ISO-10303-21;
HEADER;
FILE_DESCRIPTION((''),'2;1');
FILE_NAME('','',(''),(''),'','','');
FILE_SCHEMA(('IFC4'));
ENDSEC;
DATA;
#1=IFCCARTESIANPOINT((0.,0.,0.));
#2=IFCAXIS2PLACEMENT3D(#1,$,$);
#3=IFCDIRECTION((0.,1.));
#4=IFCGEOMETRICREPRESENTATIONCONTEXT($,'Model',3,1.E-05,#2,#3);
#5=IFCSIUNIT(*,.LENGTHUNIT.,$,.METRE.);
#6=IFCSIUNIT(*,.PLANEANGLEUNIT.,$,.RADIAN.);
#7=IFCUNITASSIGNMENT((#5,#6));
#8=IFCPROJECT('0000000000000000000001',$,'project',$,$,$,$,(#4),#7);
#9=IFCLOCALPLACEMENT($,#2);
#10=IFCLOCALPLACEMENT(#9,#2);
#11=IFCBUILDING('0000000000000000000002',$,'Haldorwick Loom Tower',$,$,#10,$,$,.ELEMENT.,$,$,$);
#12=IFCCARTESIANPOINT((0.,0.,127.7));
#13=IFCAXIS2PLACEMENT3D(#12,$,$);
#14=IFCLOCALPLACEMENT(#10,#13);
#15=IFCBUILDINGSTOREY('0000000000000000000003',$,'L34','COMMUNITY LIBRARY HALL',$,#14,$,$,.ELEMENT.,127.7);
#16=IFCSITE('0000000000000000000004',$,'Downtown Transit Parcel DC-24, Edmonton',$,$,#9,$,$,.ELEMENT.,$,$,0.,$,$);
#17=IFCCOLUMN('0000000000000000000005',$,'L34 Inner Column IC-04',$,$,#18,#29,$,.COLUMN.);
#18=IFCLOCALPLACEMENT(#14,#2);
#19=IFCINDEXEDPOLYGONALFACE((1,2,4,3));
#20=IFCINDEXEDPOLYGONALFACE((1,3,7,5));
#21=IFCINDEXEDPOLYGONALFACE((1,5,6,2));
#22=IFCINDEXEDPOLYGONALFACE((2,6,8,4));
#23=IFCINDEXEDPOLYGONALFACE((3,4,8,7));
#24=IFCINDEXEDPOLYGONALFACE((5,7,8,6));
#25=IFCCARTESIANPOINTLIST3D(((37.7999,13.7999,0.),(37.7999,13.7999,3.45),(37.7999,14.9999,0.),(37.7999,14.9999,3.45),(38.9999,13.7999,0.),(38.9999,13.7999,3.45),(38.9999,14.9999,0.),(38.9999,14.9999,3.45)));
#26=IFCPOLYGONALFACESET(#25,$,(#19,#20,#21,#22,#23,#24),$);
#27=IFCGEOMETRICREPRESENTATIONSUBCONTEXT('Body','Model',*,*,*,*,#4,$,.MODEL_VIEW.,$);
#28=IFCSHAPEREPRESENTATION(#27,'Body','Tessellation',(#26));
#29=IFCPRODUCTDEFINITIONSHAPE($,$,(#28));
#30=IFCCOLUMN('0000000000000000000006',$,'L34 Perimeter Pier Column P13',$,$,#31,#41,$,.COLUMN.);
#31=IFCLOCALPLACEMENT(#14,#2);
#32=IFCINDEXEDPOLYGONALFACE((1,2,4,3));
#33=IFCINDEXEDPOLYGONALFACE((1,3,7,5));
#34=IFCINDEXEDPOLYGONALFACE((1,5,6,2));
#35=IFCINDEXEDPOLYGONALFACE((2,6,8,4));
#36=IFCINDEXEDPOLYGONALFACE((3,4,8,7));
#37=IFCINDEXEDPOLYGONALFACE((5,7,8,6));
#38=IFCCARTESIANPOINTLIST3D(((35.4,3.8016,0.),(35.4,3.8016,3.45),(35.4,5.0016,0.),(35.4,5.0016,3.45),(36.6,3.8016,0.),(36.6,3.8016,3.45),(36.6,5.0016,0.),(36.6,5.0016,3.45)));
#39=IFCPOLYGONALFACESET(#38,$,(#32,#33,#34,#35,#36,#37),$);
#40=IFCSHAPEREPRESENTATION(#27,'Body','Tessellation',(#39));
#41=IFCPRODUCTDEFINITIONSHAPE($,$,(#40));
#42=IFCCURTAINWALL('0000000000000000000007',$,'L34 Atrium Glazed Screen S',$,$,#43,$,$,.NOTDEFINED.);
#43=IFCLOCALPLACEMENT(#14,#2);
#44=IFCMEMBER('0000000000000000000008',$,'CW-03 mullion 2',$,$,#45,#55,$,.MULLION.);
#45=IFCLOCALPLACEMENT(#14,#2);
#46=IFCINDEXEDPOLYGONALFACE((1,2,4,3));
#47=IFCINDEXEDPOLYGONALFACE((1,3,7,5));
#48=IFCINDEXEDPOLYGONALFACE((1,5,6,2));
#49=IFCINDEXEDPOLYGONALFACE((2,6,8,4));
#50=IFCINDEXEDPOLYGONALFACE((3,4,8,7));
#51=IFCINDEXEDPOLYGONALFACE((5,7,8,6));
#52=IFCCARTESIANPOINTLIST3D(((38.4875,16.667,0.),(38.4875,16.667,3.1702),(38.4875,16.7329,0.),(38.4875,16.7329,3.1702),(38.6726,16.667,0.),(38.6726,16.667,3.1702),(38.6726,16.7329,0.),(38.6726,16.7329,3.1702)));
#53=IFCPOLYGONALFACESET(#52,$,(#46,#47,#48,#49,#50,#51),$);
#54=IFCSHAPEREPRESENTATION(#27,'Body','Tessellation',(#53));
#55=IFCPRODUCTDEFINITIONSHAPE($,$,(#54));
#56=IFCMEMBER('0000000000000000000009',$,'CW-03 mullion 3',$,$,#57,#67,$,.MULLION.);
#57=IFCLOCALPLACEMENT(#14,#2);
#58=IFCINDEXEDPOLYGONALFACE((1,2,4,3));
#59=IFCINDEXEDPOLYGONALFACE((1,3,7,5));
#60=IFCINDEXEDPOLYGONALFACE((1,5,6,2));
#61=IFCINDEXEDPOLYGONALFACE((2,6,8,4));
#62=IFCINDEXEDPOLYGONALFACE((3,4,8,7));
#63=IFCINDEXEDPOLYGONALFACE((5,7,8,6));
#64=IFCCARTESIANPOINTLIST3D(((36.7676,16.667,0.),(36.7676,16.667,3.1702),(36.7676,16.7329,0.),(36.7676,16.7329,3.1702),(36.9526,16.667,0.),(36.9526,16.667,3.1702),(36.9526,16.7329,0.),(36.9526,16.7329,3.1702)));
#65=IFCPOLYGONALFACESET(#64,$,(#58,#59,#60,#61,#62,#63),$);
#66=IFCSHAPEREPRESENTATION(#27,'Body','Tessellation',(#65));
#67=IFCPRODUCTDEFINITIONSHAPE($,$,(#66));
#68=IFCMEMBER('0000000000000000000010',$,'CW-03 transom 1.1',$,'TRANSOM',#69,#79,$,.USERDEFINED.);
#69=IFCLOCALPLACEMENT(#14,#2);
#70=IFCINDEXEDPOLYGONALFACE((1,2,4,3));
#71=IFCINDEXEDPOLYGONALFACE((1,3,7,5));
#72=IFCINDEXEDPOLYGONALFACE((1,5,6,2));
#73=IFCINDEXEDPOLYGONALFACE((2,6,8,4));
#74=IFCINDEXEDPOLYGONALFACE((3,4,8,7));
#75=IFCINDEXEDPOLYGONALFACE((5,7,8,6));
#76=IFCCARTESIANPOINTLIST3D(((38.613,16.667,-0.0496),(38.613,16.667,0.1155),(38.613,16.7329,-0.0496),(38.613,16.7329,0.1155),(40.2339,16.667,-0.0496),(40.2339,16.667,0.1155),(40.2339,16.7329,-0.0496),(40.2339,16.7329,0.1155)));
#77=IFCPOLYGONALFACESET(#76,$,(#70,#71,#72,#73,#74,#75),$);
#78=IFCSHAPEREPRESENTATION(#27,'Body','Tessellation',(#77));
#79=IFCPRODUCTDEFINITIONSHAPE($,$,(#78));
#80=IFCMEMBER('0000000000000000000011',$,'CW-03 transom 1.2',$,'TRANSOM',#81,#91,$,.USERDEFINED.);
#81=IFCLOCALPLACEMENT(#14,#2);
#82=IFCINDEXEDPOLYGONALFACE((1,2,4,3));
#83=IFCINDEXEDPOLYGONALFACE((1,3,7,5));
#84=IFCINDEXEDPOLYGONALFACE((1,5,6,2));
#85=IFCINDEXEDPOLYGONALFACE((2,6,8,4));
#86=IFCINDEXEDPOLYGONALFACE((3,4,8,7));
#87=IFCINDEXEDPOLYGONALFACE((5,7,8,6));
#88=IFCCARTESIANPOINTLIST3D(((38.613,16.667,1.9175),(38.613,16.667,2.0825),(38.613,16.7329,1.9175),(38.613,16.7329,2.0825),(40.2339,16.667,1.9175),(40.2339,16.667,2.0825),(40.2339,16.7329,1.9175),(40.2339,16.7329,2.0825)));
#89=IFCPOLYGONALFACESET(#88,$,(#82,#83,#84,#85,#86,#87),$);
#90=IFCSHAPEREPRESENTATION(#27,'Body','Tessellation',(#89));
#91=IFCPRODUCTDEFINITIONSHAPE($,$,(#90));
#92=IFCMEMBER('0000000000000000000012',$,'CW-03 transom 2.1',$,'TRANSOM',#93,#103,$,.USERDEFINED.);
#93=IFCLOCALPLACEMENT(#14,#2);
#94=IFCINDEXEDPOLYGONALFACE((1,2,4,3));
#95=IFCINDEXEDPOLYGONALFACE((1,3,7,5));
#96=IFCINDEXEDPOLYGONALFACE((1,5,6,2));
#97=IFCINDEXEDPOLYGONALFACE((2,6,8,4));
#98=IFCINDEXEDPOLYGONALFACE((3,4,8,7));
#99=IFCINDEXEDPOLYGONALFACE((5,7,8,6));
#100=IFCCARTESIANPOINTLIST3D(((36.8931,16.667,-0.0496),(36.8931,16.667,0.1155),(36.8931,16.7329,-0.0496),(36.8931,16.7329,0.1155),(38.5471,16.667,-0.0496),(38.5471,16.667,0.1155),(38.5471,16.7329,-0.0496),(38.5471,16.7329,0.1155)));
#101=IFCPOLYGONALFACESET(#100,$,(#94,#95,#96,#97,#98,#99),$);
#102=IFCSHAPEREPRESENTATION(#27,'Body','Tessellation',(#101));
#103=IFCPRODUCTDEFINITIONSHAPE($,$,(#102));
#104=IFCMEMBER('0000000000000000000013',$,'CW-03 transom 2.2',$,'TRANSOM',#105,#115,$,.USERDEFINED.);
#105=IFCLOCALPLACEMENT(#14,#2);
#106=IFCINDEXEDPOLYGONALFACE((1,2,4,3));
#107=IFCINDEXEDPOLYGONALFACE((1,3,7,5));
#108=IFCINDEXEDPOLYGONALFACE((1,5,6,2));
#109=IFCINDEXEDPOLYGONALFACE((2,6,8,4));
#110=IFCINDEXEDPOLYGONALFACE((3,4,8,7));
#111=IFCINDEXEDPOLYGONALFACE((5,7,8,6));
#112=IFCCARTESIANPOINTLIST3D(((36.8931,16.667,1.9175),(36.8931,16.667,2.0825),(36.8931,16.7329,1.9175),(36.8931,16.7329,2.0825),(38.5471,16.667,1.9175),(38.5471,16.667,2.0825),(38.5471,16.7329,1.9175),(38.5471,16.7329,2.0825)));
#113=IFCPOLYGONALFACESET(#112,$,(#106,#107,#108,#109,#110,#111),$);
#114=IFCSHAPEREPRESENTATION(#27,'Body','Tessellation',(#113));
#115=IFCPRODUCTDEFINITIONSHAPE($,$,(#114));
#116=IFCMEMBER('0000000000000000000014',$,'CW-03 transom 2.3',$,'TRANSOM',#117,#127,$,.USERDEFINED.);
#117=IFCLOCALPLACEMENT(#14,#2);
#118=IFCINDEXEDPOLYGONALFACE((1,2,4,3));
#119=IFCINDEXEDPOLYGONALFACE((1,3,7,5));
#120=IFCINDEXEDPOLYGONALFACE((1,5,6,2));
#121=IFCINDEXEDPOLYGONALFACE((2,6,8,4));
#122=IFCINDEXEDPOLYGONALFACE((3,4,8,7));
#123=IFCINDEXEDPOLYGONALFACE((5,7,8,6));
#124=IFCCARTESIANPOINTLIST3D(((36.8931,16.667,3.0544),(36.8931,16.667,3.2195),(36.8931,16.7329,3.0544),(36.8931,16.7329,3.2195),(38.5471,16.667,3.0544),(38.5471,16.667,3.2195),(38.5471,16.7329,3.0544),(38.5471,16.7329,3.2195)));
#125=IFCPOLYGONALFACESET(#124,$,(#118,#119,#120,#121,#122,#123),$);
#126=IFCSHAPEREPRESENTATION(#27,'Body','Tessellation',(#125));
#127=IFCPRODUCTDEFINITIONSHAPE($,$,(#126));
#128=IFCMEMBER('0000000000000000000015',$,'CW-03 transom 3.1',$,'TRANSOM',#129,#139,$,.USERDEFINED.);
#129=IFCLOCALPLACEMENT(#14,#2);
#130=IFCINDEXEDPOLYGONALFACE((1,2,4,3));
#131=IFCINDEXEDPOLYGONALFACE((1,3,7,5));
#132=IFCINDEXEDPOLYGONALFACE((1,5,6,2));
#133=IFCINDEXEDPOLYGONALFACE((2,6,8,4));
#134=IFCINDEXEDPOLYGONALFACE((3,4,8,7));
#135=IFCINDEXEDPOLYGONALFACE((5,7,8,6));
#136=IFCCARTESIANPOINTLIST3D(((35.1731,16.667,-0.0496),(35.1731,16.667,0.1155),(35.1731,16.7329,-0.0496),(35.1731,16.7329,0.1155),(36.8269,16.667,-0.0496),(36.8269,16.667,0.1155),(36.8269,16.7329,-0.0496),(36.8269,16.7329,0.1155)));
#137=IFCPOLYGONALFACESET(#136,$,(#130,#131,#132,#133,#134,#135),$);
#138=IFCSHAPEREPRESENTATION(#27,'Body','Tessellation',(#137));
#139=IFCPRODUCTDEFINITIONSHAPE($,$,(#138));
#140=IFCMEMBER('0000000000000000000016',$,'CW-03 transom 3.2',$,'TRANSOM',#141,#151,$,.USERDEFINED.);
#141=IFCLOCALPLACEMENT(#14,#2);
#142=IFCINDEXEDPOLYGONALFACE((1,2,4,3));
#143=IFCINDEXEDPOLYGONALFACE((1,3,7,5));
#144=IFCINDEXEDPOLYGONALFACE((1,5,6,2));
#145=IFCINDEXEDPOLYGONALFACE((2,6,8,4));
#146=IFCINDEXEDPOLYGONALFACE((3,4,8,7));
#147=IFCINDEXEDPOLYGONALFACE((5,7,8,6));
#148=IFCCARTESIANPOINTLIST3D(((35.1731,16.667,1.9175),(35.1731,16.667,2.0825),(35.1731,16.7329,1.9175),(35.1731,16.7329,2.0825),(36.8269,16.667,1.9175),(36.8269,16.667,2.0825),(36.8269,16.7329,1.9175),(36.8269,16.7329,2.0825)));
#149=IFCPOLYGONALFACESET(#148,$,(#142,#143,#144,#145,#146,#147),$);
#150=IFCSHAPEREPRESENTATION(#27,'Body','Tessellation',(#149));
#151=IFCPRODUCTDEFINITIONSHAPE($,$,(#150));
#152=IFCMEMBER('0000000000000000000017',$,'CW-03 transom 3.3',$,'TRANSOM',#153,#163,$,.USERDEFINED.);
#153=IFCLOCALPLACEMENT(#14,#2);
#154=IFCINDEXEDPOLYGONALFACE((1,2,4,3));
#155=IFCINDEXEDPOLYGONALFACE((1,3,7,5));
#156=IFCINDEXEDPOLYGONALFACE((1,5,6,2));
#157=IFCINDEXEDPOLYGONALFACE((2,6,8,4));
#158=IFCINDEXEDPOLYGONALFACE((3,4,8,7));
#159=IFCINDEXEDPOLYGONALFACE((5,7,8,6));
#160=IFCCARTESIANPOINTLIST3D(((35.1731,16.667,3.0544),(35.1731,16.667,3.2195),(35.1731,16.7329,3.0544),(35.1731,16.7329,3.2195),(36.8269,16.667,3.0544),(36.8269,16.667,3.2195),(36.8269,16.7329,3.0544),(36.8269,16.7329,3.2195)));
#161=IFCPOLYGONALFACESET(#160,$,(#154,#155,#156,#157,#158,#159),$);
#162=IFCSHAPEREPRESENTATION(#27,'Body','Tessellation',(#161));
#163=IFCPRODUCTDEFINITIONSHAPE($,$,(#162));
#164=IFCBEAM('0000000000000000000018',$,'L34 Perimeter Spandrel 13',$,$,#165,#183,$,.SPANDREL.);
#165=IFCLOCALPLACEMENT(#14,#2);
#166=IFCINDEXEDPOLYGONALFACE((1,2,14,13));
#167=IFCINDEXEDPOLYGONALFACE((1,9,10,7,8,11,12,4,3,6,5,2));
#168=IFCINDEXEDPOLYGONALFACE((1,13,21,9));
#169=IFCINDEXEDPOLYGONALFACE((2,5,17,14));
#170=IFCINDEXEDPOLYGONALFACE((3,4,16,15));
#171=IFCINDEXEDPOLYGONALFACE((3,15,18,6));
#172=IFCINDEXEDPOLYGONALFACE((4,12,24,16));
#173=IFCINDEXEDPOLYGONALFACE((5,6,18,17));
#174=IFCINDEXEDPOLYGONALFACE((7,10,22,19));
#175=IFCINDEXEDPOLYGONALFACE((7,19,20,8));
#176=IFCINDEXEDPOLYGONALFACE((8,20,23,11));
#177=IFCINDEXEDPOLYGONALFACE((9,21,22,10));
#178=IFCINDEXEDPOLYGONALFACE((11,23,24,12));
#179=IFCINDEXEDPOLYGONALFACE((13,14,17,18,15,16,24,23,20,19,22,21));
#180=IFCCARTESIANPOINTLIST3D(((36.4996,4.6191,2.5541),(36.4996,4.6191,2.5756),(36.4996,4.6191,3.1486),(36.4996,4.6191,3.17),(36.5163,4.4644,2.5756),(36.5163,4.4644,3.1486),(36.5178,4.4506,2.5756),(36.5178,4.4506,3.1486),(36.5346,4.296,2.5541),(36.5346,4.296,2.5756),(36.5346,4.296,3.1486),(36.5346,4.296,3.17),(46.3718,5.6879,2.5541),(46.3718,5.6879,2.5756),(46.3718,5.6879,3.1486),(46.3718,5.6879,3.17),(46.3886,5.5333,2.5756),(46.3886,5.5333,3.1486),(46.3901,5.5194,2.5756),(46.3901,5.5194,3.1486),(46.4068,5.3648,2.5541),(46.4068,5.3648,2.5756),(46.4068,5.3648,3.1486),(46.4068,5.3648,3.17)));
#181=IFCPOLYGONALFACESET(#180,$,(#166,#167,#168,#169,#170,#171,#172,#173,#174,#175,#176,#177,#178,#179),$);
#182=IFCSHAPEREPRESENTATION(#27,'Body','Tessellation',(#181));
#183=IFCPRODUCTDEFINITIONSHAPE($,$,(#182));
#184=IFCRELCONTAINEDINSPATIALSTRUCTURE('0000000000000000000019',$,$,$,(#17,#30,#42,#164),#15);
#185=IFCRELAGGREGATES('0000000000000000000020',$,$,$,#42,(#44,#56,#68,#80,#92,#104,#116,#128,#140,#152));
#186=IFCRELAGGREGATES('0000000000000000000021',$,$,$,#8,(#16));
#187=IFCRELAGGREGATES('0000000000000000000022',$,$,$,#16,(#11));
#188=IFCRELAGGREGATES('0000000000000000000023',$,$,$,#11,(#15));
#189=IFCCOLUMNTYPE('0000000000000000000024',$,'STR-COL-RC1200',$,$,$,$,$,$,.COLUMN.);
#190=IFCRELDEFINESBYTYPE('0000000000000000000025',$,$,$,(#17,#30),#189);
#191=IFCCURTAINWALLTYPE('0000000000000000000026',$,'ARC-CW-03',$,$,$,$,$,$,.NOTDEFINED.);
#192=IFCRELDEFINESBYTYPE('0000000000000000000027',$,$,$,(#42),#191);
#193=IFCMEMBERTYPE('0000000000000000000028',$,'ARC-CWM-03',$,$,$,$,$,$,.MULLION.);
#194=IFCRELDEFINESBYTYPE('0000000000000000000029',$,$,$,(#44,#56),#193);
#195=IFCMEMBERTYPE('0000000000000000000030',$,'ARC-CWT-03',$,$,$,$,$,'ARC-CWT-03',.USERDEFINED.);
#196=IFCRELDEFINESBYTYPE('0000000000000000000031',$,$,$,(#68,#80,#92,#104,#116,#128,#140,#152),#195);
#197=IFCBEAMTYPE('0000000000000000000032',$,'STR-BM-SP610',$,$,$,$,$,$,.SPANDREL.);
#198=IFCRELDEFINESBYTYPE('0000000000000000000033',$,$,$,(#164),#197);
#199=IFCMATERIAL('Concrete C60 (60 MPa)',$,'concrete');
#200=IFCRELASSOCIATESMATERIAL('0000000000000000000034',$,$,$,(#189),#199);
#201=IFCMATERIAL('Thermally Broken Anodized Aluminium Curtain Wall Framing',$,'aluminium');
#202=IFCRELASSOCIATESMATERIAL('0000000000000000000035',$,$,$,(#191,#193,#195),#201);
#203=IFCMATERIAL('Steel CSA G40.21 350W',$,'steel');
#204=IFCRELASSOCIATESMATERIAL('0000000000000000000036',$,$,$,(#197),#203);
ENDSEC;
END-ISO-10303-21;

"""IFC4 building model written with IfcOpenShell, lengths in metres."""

from ifc_helpers import new_model, si_unit, direction, frame, origin, origin_2d, place, context, subcontext, project, spatial, rectangle, i_section, extrude, material, material_profile, profile_set, type_object, element, aggregate, save


model = new_model("IFC4")

# Units and contexts
model_context = context("Model", 3, precision=1e-05, world=origin(), true_north=direction((0.0, 1.0)))
body_context = subcontext(model_context, "Body", "Model", "MODEL_VIEW")
ifc_project = project(units=[si_unit("LENGTHUNIT", "METRE"), si_unit("PLANEANGLEUNIT", "RADIAN")], contexts=[model_context])

# Site, building, storey
site_placement = place(None, origin())
site = spatial("IfcSite", under=ifc_project, at=site_placement, Name="Downtown Transit Parcel DC-24, Edmonton", CompositionType="ELEMENT", RefElevation=0.0)
building_placement = place(site_placement, origin())
building = spatial("IfcBuilding", under=site, at=building_placement, Name="Haldorwick Loom Tower", CompositionType="ELEMENT")
storey_placement = place(building_placement, frame((0.0, 0.0, 127.7)))
storey = spatial("IfcBuildingStorey", under=building, at=storey_placement, Name="L34", Description="COMMUNITY LIBRARY HALL", CompositionType="ELEMENT", Elevation=127.7)

# Columns
ifc_material_1 = material(Name="Concrete C60 (60 MPa)", Category="concrete")
ifc_material_profile_1 = material_profile(ifc_material_1, rectangle(XDim=1.2, YDim=1.2, at=origin_2d()), Name="RC1200X1200", Category="concrete")
ifc_profile_set_1 = profile_set([ifc_material_profile_1], Name="Concrete C60 (60 MPa)")
column_type = type_object("IfcColumnType", Name="STR-COL-RC1200", PredefinedType="COLUMN", material=ifc_profile_set_1)
for number, where, z_axis, x_axis, name in (
    (1, (38.3999, 14.3999, 0.0), (0.0, 0.0, 1.0), (1.0, 0.0, 0.0), "L34 Inner Column IC-04"),
    (2, (36.0, 4.4016, 0.0), (0.0, 0.0, 1.0), (0.0, -1.0, 0.0), "L34 Perimeter Pier Column P13"),
):
    element("IfcColumn", number, at=place(storey_placement, frame(where, z_axis=z_axis, x_axis=x_axis)), inside=storey, type_object=column_type, Name=name, PredefinedType="COLUMN", context=body_context, shape_type="SweptSolid", body=[
        extrude(rectangle(XDim=1.2, YDim=1.2, at=origin_2d()), origin(), (0.0, 0.0, 1.0), 3.45),
    ])

# Curtain wall, members
ifc_material_2 = material(Name="Thermally Broken Anodized Aluminium Curtain Wall Framing", Category="aluminium")
curtain_wall_type = type_object("IfcCurtainWallType", Name="ARC-CW-03", PredefinedType="NOTDEFINED", material=ifc_material_2)
curtain_wall_placement = place(storey_placement, origin())
curtain_wall = element("IfcCurtainWall", 3, at=curtain_wall_placement, inside=storey, type_object=curtain_wall_type, Name="L34 Atrium Glazed Screen S", PredefinedType="NOTDEFINED")
ifc_material_profile_2 = material_profile(ifc_material_2, rectangle(XDim=0.0659, YDim=0.1851, at=origin_2d()), Name="ALU_MUL_66X185", Category="aluminium")
ifc_profile_set_2 = profile_set([ifc_material_profile_2], Name="Thermally Broken Anodized Aluminium Curtain Wall Framing")
member_type_1 = type_object("IfcMemberType", Name="ARC-CWM-03", PredefinedType="MULLION", material=ifc_profile_set_2)
member_1_placement = place(storey_placement, frame((38.5801, 16.7, 0.0), z_axis=(0.0, 0.0, 1.0), x_axis=(0.0, -1.0, 0.0)))
member_1 = element("IfcMember", 4, at=member_1_placement, type_object=member_type_1, Name="CW-03 mullion 2", PredefinedType="MULLION", context=body_context, shape_type="SweptSolid", body=[
    extrude(rectangle(XDim=0.0659, YDim=0.1851, at=origin_2d()), origin(), (0.0, 0.0, 1.0), 3.1702),
])
member_2_placement = place(storey_placement, frame((36.8601, 16.7, 0.0), z_axis=(0.0, 0.0, 1.0), x_axis=(0.0, -1.0, 0.0)))
member_2 = element("IfcMember", 5, at=member_2_placement, type_object=member_type_1, Name="CW-03 mullion 3", PredefinedType="MULLION", context=body_context, shape_type="SweptSolid", body=[
    extrude(rectangle(XDim=0.0659, YDim=0.1851, at=origin_2d()), origin(), (0.0, 0.0, 1.0), 3.1702),
])
ifc_material_profile_3 = material_profile(ifc_material_2, rectangle(XDim=0.0659, YDim=0.165, at=origin_2d()), Name="ALU_TRN_66X165", Category="aluminium")
ifc_profile_set_3 = profile_set([ifc_material_profile_3], Name="Thermally Broken Anodized Aluminium Curtain Wall Framing")
member_type_2 = type_object("IfcMemberType", Name="ARC-CWT-03", ElementType="ARC-CWT-03", PredefinedType="USERDEFINED", material=ifc_profile_set_3)
member_3_placement = place(storey_placement, frame((40.2339, 16.7, 0.033), z_axis=(-1.0, 0.0, 0.0), x_axis=(0.0, -1.0, 0.0)))
member_3 = element("IfcMember", 6, at=member_3_placement, type_object=member_type_2, Name="CW-03 transom 1.1", ObjectType="TRANSOM", PredefinedType="USERDEFINED", context=body_context, shape_type="SweptSolid", body=[
    extrude(rectangle(XDim=0.0659, YDim=0.165, at=origin_2d()), origin(), (0.0, 0.0, 1.0), 1.6208),
])
member_4_placement = place(storey_placement, frame((40.2339, 16.7, 2.0), z_axis=(-1.0, 0.0, 0.0), x_axis=(0.0, -1.0, 0.0)))
member_4 = element("IfcMember", 7, at=member_4_placement, type_object=member_type_2, Name="CW-03 transom 1.2", ObjectType="TRANSOM", PredefinedType="USERDEFINED", context=body_context, shape_type="SweptSolid", body=[
    extrude(rectangle(XDim=0.0659, YDim=0.165, at=origin_2d()), origin(), (0.0, 0.0, 1.0), 1.6208),
])
member_5_placement = place(storey_placement, frame((38.5471, 16.7, 0.033), z_axis=(-1.0, 0.0, 0.0), x_axis=(0.0, -1.0, 0.0)))
member_5 = element("IfcMember", 8, at=member_5_placement, type_object=member_type_2, Name="CW-03 transom 2.1", ObjectType="TRANSOM", PredefinedType="USERDEFINED", context=body_context, shape_type="SweptSolid", body=[
    extrude(rectangle(XDim=0.0659, YDim=0.165, at=origin_2d()), origin(), (0.0, 0.0, 1.0), 1.6541),
])
member_6_placement = place(storey_placement, frame((38.5471, 16.7, 2.0), z_axis=(-1.0, 0.0, 0.0), x_axis=(0.0, -1.0, 0.0)))
member_6 = element("IfcMember", 9, at=member_6_placement, type_object=member_type_2, Name="CW-03 transom 2.2", ObjectType="TRANSOM", PredefinedType="USERDEFINED", context=body_context, shape_type="SweptSolid", body=[
    extrude(rectangle(XDim=0.0659, YDim=0.165, at=origin_2d()), origin(), (0.0, 0.0, 1.0), 1.6541),
])
member_7_placement = place(storey_placement, frame((38.5471, 16.7, 3.137), z_axis=(-1.0, 0.0, 0.0), x_axis=(0.0, -1.0, 0.0)))
member_7 = element("IfcMember", 10, at=member_7_placement, type_object=member_type_2, Name="CW-03 transom 2.3", ObjectType="TRANSOM", PredefinedType="USERDEFINED", context=body_context, shape_type="SweptSolid", body=[
    extrude(rectangle(XDim=0.0659, YDim=0.165, at=origin_2d()), origin(), (0.0, 0.0, 1.0), 1.6541),
])
member_8_placement = place(storey_placement, frame((36.8269, 16.7, 0.033), z_axis=(-1.0, 0.0, 0.0), x_axis=(0.0, -1.0, 0.0)))
member_8 = element("IfcMember", 11, at=member_8_placement, type_object=member_type_2, Name="CW-03 transom 3.1", ObjectType="TRANSOM", PredefinedType="USERDEFINED", context=body_context, shape_type="SweptSolid", body=[
    extrude(rectangle(XDim=0.0659, YDim=0.165, at=origin_2d()), origin(), (0.0, 0.0, 1.0), 1.6538),
])
member_9_placement = place(storey_placement, frame((36.8269, 16.7, 2.0), z_axis=(-1.0, 0.0, 0.0), x_axis=(0.0, -1.0, 0.0)))
member_9 = element("IfcMember", 12, at=member_9_placement, type_object=member_type_2, Name="CW-03 transom 3.2", ObjectType="TRANSOM", PredefinedType="USERDEFINED", context=body_context, shape_type="SweptSolid", body=[
    extrude(rectangle(XDim=0.0659, YDim=0.165, at=origin_2d()), origin(), (0.0, 0.0, 1.0), 1.6538),
])
member_10_placement = place(storey_placement, frame((36.8269, 16.7, 3.137), z_axis=(-1.0, 0.0, 0.0), x_axis=(0.0, -1.0, 0.0)))
member_10 = element("IfcMember", 13, at=member_10_placement, type_object=member_type_2, Name="CW-03 transom 3.3", ObjectType="TRANSOM", PredefinedType="USERDEFINED", context=body_context, shape_type="SweptSolid", body=[
    extrude(rectangle(XDim=0.0659, YDim=0.165, at=origin_2d()), origin(), (0.0, 0.0, 1.0), 1.6538),
])

# Beam
ifc_material_3 = material(Name="Steel CSA G40.21 350W", Category="steel")
ifc_material_profile_4 = material_profile(ifc_material_3, i_section(OverallWidth=0.325, OverallDepth=0.616, WebThickness=0.0139, FlangeThickness=0.0215, at=origin_2d()), Name="W610X174", Category="steel")
ifc_profile_set_4 = profile_set([ifc_material_profile_4], Name="Steel CSA G40.21 350W")
beam_type_1 = type_object("IfcBeamType", Name="STR-BM-SP610", PredefinedType="SPANDREL", material=ifc_profile_set_4)
beam_1_placement = place(storey_placement, frame((36.5171, 4.4575, 2.8621), z_axis=(0.99419, 0.107638, 0.0), x_axis=(-0.107638, 0.99419, 0.0)))
element("IfcBeam", 14, at=beam_1_placement, inside=storey, type_object=beam_type_1, Name="L34 Perimeter Spandrel 13", PredefinedType="SPANDREL", context=body_context, shape_type="SweptSolid", body=[
    extrude(i_section(OverallWidth=0.325, OverallDepth=0.616, WebThickness=0.0139, FlangeThickness=0.0215, at=origin_2d()), origin(), (0.0, 0.0, 1.0), 9.9299),
])

aggregate(curtain_wall, [member_1, member_2, member_3, member_4, member_5, member_6, member_7, member_8, member_9, member_10])

save(model, "model.ifc")
